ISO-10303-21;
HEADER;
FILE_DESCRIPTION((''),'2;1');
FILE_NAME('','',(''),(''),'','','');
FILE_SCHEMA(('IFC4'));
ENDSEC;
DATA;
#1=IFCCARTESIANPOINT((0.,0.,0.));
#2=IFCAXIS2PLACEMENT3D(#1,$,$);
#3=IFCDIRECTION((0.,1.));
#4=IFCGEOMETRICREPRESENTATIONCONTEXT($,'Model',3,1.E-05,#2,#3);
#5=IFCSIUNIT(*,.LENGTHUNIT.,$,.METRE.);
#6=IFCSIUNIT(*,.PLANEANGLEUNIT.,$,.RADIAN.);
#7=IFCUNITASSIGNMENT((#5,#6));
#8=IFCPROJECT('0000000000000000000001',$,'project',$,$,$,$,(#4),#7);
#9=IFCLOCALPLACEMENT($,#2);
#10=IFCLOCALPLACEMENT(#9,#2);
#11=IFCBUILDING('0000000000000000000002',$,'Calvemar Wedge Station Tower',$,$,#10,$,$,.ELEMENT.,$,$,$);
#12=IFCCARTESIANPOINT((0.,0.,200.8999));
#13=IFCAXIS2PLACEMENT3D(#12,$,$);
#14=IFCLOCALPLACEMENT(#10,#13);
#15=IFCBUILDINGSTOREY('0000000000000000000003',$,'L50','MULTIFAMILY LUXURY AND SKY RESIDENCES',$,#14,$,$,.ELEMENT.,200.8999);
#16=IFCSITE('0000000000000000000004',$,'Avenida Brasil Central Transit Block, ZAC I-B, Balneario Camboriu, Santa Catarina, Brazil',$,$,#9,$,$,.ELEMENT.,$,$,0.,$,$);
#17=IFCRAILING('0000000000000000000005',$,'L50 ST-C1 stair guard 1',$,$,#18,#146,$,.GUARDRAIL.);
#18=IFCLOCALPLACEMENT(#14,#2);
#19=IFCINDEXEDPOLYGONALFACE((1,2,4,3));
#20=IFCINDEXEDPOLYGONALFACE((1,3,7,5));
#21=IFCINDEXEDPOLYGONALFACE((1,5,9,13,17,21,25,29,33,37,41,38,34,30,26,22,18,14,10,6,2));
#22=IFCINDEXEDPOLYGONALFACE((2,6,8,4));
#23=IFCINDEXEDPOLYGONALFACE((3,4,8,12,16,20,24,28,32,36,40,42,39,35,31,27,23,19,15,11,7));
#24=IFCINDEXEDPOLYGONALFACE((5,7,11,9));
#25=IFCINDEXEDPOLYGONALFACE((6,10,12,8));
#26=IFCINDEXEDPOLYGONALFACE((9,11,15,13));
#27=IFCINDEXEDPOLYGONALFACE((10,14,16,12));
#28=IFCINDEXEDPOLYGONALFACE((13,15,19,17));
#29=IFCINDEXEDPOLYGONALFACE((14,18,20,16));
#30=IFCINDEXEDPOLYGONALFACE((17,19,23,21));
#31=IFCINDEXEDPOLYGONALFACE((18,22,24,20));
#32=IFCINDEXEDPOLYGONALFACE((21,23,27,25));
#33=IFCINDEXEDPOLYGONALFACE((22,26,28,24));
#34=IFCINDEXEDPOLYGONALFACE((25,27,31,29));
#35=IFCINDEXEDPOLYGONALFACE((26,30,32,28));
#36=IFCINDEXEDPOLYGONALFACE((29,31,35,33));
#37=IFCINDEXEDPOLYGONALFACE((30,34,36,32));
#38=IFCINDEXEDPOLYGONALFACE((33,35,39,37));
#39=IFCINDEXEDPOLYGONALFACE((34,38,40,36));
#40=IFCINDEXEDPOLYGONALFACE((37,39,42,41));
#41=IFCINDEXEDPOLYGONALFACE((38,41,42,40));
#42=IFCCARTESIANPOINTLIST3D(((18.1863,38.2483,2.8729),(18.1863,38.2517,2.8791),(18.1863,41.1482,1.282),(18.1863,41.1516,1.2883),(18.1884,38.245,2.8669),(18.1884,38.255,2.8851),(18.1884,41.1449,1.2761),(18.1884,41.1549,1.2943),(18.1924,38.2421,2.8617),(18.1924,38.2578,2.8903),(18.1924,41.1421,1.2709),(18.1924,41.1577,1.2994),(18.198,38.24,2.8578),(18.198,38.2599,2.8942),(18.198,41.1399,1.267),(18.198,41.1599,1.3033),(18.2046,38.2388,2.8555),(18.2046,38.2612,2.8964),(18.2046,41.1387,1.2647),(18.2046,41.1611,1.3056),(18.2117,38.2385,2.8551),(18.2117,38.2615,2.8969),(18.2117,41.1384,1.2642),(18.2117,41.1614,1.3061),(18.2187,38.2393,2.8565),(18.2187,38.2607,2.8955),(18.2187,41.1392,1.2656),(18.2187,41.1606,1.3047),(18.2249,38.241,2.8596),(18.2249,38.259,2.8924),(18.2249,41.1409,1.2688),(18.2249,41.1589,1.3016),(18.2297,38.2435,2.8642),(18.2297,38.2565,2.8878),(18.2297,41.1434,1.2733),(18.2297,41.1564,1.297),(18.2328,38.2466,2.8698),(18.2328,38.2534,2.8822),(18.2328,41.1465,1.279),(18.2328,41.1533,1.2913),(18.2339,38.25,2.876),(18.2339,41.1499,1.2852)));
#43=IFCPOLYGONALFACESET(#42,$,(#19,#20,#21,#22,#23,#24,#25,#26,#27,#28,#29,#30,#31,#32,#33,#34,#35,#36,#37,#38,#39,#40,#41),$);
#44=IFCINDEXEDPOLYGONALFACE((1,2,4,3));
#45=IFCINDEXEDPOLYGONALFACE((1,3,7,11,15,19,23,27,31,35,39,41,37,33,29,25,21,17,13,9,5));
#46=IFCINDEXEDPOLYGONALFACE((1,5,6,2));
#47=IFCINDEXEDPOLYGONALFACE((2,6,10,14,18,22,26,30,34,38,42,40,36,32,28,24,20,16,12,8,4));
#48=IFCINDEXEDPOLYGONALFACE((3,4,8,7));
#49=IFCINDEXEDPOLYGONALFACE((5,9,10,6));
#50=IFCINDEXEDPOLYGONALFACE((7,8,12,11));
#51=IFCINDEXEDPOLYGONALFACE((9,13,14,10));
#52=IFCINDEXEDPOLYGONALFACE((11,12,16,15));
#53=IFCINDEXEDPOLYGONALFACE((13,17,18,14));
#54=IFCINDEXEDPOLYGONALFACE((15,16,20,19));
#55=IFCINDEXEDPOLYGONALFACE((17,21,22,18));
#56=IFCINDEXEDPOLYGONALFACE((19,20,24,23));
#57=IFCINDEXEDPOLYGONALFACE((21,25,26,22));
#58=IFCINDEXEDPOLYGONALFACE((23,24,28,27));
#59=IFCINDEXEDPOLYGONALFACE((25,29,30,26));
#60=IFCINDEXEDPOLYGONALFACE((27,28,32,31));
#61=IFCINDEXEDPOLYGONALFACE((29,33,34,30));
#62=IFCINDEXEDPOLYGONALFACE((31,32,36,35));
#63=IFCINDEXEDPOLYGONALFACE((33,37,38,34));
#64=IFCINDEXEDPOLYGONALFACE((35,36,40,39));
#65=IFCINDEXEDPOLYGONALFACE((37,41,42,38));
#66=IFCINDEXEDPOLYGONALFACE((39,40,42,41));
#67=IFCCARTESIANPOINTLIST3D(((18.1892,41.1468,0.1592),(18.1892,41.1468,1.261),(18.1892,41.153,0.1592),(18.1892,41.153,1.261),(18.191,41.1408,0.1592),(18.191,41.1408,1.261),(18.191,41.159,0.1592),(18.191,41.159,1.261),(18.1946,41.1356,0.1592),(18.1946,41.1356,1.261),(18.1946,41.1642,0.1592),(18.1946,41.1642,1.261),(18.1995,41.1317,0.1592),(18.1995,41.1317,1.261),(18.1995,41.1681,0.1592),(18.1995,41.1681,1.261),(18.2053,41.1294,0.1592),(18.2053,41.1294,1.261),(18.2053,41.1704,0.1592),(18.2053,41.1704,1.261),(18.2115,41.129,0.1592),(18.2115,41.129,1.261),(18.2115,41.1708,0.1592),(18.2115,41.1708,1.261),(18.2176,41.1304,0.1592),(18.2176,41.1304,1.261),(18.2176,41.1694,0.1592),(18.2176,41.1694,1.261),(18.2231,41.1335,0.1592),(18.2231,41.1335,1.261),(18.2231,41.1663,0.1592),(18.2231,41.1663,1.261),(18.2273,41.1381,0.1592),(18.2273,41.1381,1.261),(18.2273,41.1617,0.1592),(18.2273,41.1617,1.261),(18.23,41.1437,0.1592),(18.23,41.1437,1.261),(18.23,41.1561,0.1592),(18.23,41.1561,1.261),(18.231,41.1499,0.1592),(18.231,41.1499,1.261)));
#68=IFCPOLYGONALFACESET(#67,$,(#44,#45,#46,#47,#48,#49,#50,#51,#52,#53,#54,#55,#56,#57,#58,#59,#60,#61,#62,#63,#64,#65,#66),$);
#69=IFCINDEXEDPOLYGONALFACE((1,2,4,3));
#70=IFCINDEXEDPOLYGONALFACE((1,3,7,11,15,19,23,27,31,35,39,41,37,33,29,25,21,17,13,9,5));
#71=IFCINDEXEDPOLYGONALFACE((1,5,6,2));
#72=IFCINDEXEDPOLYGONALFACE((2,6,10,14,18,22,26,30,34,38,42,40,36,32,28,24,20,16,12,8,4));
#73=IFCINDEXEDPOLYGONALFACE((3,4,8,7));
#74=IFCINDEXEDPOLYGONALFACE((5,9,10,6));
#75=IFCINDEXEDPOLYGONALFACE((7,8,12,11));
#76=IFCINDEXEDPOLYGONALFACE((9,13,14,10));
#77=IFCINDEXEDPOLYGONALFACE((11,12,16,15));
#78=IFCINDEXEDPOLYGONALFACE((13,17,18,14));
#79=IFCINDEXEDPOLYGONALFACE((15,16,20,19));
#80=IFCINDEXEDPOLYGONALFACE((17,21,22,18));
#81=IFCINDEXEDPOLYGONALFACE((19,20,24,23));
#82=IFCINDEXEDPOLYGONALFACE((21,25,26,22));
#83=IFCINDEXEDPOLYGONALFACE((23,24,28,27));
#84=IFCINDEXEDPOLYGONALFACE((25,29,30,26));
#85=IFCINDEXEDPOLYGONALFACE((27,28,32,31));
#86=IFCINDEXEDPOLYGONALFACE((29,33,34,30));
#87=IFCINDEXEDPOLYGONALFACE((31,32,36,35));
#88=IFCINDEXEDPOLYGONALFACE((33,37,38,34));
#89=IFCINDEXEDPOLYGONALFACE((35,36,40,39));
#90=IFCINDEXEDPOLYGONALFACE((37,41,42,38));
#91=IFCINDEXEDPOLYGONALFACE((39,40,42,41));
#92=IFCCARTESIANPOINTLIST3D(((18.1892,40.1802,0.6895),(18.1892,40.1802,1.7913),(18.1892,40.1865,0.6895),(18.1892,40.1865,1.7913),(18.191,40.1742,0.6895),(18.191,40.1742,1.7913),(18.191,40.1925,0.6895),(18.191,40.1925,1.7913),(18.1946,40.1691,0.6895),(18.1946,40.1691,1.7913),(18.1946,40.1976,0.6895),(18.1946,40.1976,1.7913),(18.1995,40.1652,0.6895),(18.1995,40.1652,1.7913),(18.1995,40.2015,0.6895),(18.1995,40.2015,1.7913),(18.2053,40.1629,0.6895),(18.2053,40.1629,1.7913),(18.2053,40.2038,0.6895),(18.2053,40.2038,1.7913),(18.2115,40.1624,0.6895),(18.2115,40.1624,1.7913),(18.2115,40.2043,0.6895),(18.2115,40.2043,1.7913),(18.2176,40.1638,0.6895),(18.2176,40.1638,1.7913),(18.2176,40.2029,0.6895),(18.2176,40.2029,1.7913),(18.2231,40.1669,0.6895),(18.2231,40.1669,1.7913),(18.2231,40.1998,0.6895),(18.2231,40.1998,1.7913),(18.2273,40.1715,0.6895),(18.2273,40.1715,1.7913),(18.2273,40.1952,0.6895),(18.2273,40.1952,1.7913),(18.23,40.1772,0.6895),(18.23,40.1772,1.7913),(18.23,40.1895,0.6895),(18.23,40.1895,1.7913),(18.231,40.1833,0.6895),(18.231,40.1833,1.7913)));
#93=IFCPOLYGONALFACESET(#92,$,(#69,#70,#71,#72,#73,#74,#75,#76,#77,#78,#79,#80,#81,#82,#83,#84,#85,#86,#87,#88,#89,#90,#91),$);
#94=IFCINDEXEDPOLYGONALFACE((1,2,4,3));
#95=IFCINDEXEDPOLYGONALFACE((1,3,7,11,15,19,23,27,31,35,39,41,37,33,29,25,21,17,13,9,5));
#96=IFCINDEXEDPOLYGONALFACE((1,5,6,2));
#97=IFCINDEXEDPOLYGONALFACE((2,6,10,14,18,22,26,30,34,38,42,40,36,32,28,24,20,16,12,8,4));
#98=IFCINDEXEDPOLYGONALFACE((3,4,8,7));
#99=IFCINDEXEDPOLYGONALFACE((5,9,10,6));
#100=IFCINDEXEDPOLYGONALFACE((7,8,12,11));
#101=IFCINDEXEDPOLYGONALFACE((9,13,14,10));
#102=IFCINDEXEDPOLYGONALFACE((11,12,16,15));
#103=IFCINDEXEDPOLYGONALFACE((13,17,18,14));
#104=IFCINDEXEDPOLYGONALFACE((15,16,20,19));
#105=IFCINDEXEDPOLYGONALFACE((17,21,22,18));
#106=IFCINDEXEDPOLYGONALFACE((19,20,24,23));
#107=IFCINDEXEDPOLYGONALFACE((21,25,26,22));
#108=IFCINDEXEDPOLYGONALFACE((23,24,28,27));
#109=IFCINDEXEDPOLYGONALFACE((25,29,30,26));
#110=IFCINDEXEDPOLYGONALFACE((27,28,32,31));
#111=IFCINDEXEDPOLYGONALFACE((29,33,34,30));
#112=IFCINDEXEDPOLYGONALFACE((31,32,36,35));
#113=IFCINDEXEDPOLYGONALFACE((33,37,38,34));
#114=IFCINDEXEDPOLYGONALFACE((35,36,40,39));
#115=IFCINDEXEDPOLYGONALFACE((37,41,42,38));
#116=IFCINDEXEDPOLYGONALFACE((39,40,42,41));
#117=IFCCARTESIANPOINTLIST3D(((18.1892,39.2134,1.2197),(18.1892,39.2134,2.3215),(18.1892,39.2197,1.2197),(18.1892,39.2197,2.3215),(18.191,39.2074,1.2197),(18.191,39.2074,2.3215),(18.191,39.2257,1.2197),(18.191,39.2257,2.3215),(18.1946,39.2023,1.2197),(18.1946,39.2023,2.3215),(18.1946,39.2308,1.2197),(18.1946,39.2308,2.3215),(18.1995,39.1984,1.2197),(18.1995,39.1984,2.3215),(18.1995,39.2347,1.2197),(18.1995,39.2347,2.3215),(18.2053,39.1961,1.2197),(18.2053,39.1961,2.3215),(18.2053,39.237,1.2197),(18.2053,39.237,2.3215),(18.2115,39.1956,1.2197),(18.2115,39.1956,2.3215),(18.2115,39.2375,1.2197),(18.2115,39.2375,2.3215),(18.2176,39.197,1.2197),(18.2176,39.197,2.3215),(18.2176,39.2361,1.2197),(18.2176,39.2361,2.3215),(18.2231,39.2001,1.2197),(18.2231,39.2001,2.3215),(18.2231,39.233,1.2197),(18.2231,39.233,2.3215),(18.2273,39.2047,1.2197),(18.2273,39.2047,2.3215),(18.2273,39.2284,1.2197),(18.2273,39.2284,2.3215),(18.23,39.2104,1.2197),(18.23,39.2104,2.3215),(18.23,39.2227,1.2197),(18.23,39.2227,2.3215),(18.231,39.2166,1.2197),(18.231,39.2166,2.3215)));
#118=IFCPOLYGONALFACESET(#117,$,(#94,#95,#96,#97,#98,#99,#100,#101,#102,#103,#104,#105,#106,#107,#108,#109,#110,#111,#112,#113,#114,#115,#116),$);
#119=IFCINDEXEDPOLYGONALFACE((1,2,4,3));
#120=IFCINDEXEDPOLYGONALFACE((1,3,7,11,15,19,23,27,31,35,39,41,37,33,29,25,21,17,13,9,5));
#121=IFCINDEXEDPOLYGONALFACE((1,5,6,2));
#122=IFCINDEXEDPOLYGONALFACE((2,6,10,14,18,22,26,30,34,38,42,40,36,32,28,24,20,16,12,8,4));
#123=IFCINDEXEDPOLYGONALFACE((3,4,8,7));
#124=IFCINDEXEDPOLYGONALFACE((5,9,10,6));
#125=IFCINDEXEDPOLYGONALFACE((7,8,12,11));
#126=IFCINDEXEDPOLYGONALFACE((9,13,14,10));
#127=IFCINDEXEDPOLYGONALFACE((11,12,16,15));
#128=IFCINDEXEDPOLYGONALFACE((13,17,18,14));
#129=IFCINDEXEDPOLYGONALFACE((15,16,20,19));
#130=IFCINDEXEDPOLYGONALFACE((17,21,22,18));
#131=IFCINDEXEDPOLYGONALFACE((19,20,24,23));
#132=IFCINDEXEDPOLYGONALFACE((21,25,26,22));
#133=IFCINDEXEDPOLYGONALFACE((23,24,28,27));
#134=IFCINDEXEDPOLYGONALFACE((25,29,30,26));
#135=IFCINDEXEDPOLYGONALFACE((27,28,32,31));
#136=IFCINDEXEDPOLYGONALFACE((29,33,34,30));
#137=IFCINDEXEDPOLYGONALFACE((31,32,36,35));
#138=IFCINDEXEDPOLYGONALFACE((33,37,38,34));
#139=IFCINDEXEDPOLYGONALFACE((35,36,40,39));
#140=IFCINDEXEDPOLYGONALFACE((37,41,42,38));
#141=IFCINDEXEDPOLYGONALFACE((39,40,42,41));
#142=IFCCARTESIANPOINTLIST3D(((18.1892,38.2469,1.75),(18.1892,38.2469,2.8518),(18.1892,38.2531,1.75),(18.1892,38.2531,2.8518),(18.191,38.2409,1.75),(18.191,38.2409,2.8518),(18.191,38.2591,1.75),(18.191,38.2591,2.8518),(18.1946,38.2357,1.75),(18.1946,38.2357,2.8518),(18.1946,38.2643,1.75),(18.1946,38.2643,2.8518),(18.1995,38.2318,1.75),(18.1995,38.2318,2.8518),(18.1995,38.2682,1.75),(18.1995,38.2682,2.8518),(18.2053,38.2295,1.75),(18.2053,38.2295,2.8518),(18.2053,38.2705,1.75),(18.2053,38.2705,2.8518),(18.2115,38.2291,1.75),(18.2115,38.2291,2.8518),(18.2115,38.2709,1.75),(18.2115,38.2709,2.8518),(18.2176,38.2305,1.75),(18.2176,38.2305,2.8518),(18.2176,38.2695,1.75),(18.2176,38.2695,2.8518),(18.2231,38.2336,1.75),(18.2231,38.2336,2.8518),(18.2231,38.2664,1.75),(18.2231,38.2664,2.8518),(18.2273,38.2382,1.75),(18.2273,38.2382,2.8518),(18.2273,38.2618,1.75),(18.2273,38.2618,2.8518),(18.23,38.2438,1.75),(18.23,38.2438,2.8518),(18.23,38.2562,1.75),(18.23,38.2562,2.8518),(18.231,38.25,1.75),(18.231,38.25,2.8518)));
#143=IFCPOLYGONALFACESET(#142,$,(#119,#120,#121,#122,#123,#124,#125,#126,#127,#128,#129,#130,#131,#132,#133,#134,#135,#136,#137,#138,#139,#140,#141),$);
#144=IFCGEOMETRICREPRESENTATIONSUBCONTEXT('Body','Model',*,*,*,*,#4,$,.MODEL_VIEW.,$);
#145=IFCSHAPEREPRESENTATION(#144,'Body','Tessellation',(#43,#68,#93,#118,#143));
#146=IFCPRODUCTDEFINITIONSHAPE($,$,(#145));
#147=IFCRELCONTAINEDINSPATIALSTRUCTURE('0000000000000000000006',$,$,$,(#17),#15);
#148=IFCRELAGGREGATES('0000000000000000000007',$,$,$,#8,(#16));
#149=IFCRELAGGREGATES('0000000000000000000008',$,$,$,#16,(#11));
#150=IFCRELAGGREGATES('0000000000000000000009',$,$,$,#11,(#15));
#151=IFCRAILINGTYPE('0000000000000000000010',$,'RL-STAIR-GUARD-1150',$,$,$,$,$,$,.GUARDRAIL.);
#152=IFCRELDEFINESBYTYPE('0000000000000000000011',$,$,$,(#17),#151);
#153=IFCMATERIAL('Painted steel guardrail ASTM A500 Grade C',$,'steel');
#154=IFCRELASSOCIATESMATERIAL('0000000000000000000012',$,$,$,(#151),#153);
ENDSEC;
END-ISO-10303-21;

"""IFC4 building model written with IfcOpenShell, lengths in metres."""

from ifc_helpers import new_model, si_unit, direction, frame, origin, origin_2d, place, context, subcontext, project, spatial, circle, extrude, material, type_object, element, save


model = new_model("IFC4")

# Units and contexts
model_context = context("Model", 3, precision=1e-05, world=origin(), true_north=direction((0.0, 1.0)))
body_context = subcontext(model_context, "Body", "Model", "MODEL_VIEW")
ifc_project = project(units=[si_unit("LENGTHUNIT", "METRE"), si_unit("PLANEANGLEUNIT", "RADIAN")], contexts=[model_context])

# Site, building, storey
site_placement = place(None, origin())
site = spatial("IfcSite", under=ifc_project, at=site_placement, Name="Avenida Brasil Central Transit Block, ZAC I-B, Balneario Camboriu, Santa Catarina, Brazil", CompositionType="ELEMENT", RefElevation=0.0)
building_placement = place(site_placement, origin())
building = spatial("IfcBuilding", under=site, at=building_placement, Name="Calvemar Wedge Station Tower", CompositionType="ELEMENT")
storey_placement = place(building_placement, frame((0.0, 0.0, 200.8999)))
storey = spatial("IfcBuildingStorey", under=building, at=storey_placement, Name="L50", Description="MULTIFAMILY LUXURY AND SKY RESIDENCES", CompositionType="ELEMENT", Elevation=200.8999)

# Railing
ifc_material_1 = material(Name="Painted steel guardrail ASTM A500 Grade C", Category="steel")
railing_type_1 = type_object("IfcRailingType", Name="RL-STAIR-GUARD-1150", PredefinedType="GUARDRAIL", material=ifc_material_1)
railing_1_placement = place(storey_placement, frame((18.21, 41.1499, 0.1592)))
element("IfcRailing", 1, at=railing_1_placement, inside=storey, type_object=railing_type_1, Name="L50 ST-C1 stair guard 1", PredefinedType="GUARDRAIL", context=body_context, shape_type="SweptSolid", body=[
    extrude(circle(Radius=0.0239, at=origin_2d()), frame((0.0, 0.0, 1.126), z_axis=(0.0, -0.876742, 0.480961), x_axis=(1.0, 0.0, 0.0)), (0.0, 0.0, 1.0), 3.3076),
    extrude(circle(Radius=0.021, at=origin_2d()), origin(), (0.0, 0.0, 1.0), 1.1018),
    extrude(circle(Radius=0.021, at=origin_2d()), frame((0.0, -0.9666, 0.5303)), (0.0, 0.0, 1.0), 1.1018),
    extrude(circle(Radius=0.021, at=origin_2d()), frame((0.0, -1.9333, 1.0605)), (0.0, 0.0, 1.0), 1.1018),
    extrude(circle(Radius=0.021, at=origin_2d()), frame((0.0, -2.8999, 1.5908)), (0.0, 0.0, 1.0), 1.1018),
])

save(model, "model.ifc")
